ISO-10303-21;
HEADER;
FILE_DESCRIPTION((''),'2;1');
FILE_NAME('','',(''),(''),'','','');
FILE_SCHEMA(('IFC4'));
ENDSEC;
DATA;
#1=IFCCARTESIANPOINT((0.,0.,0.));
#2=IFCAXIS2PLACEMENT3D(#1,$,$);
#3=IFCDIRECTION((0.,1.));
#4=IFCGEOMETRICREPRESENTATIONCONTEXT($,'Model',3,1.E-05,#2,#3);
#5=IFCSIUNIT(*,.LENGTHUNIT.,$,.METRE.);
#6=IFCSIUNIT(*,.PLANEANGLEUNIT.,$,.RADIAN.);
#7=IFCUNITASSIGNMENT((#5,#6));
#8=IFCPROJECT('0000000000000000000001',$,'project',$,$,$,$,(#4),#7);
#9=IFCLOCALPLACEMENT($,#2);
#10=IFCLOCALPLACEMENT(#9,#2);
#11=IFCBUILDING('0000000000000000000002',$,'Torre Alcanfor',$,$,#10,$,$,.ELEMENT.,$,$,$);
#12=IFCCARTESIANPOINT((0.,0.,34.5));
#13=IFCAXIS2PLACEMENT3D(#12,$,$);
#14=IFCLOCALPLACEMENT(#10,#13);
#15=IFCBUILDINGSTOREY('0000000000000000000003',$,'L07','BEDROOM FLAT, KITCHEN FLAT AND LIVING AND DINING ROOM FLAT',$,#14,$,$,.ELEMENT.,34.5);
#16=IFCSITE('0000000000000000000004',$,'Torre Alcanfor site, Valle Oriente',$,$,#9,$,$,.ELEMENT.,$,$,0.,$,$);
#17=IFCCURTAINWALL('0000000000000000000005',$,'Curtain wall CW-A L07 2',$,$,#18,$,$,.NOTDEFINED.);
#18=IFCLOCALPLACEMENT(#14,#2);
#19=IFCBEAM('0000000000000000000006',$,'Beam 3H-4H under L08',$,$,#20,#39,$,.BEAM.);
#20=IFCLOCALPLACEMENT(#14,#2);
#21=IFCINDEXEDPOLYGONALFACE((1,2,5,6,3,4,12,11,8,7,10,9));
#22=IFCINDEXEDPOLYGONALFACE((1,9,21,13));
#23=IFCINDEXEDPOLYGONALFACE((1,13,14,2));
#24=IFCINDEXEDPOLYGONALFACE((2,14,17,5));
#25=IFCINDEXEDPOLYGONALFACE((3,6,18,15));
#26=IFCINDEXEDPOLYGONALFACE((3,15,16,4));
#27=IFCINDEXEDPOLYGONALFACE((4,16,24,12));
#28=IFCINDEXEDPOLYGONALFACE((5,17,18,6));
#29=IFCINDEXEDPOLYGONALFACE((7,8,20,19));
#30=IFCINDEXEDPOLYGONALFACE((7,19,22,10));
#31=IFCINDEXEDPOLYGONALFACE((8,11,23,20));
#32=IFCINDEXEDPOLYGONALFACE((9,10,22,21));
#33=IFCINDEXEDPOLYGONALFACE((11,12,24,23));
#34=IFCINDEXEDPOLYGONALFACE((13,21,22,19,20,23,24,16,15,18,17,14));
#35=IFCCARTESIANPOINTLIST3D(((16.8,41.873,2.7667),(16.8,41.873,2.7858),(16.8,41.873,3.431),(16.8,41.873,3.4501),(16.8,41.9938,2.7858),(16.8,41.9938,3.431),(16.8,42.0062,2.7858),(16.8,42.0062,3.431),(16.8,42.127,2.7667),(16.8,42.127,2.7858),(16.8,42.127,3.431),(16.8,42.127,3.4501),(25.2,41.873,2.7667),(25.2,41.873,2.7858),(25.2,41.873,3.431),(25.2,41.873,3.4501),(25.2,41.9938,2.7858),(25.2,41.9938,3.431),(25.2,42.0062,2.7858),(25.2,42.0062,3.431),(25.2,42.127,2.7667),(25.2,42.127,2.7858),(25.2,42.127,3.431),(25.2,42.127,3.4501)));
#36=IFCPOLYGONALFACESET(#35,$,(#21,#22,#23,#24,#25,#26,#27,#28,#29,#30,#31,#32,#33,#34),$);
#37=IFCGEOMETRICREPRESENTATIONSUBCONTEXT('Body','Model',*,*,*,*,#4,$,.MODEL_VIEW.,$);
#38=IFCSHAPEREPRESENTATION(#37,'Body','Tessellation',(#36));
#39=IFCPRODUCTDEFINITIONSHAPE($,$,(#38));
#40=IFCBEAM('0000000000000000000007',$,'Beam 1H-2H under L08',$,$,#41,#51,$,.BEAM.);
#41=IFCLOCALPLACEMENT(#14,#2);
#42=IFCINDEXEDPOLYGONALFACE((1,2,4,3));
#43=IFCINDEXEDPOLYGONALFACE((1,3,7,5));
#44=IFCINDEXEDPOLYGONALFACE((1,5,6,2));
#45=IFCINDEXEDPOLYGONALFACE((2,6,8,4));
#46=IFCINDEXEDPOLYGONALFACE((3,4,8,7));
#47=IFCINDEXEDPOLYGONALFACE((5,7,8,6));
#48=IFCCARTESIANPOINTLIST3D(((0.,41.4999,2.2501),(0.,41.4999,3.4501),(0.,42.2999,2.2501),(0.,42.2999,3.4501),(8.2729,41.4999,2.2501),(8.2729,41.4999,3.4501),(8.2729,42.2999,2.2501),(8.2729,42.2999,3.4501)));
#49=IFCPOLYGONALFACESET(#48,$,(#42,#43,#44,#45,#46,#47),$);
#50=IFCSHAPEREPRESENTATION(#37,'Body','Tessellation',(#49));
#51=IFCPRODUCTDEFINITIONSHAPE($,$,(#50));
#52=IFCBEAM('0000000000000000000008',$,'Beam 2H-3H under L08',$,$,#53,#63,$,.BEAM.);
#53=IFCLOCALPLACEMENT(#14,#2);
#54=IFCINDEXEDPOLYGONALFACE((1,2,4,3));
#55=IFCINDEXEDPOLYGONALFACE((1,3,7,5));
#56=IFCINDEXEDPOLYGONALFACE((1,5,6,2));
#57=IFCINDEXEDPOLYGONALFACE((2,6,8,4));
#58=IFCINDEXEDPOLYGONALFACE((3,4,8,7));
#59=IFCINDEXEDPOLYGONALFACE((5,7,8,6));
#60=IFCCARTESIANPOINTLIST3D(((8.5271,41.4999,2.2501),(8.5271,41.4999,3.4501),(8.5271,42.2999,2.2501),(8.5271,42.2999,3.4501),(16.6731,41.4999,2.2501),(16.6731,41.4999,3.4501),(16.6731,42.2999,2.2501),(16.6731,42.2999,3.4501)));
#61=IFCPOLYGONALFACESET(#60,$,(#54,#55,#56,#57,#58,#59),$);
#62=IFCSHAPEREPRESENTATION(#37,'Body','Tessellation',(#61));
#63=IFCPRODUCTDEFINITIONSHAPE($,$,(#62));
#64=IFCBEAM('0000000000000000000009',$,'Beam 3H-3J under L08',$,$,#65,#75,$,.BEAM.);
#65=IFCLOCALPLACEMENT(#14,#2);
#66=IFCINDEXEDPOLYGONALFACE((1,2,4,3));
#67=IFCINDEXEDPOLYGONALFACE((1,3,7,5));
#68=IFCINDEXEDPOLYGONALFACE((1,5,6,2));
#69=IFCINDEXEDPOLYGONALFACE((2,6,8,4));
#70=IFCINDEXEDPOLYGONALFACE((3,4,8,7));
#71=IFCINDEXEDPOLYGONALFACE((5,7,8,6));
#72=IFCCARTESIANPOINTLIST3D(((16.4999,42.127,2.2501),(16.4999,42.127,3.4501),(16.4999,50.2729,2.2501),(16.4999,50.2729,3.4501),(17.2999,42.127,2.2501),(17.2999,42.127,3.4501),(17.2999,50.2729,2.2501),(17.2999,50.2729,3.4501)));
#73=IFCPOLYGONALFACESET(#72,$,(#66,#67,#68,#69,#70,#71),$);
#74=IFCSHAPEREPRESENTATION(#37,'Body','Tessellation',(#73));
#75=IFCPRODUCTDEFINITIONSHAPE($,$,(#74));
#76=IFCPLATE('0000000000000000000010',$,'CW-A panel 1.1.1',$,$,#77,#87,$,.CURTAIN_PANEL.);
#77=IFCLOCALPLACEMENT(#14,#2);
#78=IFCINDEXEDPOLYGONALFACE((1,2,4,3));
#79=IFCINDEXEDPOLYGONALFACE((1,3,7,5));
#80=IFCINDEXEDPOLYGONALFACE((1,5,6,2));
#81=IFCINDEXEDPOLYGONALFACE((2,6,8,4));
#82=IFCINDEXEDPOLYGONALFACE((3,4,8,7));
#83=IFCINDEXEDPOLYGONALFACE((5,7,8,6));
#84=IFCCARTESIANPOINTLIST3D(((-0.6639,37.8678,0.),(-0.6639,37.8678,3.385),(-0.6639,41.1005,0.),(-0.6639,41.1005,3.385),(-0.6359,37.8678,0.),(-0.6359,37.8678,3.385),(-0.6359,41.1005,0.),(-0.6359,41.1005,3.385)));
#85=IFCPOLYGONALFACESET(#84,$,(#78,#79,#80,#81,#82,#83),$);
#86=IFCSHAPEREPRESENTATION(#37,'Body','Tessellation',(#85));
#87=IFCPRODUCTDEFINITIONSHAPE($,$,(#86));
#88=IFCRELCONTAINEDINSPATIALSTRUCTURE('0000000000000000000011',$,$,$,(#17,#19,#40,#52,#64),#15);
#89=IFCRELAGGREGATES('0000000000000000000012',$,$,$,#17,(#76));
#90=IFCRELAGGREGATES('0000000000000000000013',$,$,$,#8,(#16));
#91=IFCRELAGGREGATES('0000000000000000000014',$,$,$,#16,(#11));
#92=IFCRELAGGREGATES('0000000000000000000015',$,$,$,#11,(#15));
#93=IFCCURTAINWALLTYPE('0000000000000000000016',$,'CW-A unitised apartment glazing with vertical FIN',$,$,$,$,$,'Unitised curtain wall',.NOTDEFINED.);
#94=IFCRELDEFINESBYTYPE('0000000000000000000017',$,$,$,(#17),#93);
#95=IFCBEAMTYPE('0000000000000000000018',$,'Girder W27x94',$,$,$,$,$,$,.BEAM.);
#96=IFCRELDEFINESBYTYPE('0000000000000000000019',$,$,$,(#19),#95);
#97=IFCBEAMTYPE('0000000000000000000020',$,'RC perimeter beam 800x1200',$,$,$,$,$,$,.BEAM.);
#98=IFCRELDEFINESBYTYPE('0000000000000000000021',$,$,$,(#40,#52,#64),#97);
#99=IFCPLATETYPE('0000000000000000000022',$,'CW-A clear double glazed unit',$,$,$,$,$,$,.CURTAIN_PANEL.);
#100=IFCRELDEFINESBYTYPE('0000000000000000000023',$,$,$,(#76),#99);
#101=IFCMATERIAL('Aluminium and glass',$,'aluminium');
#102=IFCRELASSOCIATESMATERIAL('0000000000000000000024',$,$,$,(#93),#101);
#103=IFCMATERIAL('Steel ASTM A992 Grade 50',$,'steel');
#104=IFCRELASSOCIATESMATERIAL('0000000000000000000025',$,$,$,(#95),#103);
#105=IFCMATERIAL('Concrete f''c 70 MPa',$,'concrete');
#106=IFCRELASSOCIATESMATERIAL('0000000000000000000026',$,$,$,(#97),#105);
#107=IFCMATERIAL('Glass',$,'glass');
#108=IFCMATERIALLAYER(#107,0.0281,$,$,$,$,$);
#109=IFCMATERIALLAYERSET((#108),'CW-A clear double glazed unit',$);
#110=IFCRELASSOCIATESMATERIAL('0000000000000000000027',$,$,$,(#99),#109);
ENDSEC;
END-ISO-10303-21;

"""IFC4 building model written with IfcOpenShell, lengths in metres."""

from ifc_helpers import new_model, si_unit, direction, frame, origin, origin_2d, place, context, subcontext, project, spatial, rectangle, i_section, extrude, material, layer, layer_set, material_profile, profile_set, type_object, element, aggregate, save


model = new_model("IFC4")

# Units and contexts
model_context = context("Model", 3, precision=1e-05, world=origin(), true_north=direction((0.0, 1.0)))
body_context = subcontext(model_context, "Body", "Model", "MODEL_VIEW")
ifc_project = project(units=[si_unit("LENGTHUNIT", "METRE"), si_unit("PLANEANGLEUNIT", "RADIAN")], contexts=[model_context])

# Site, building, storey
site_placement = place(None, origin())
site = spatial("IfcSite", under=ifc_project, at=site_placement, Name="Torre Alcanfor site, Valle Oriente", CompositionType="ELEMENT", RefElevation=0.0)
building_placement = place(site_placement, origin())
building = spatial("IfcBuilding", under=site, at=building_placement, Name="Torre Alcanfor", CompositionType="ELEMENT")
storey_placement = place(building_placement, frame((0.0, 0.0, 34.5)))
storey = spatial("IfcBuildingStorey", under=building, at=storey_placement, Name="L07", Description="BEDROOM FLAT, KITCHEN FLAT AND LIVING AND DINING ROOM FLAT", CompositionType="ELEMENT", Elevation=34.5)

# Curtain wall
ifc_material_1 = material(Name="Aluminium and glass", Category="aluminium")
curtain_wall_type = type_object("IfcCurtainWallType", Name="CW-A unitised apartment glazing with vertical FIN", ElementType="Unitised curtain wall", PredefinedType="NOTDEFINED", material=ifc_material_1)
curtain_wall_placement = place(storey_placement, origin())
curtain_wall = element("IfcCurtainWall", 1, at=curtain_wall_placement, inside=storey, type_object=curtain_wall_type, Name="Curtain wall CW-A L07 2", PredefinedType="NOTDEFINED")

# Beams
ifc_material_2 = material(Name="Steel ASTM A992 Grade 50", Category="steel")
ifc_material_profile_1 = material_profile(ifc_material_2, i_section(OverallWidth=0.2539, OverallDepth=0.6833, WebThickness=0.0125, FlangeThickness=0.019, at=origin_2d()), Name="W27x94")
ifc_profile_set_1 = profile_set([ifc_material_profile_1], Name="Steel ASTM A992 Grade 50")
beam_type_1 = type_object("IfcBeamType", Name="Girder W27x94", PredefinedType="BEAM", material=ifc_profile_set_1)
beam_1_placement = place(storey_placement, frame((16.8, 42.0, 3.1084), z_axis=(1.0, 0.0, 0.0), x_axis=(0.0, 1.0, 0.0)))
element("IfcBeam", 2, at=beam_1_placement, inside=storey, type_object=beam_type_1, Name="Beam 3H-4H under L08", PredefinedType="BEAM", context=body_context, shape_type="SweptSolid", body=[
    extrude(i_section(OverallWidth=0.2539, OverallDepth=0.6833, WebThickness=0.0125, FlangeThickness=0.019, at=origin_2d()), origin(), (0.0, 0.0, 1.0), 8.3999),
])
ifc_material_3 = material(Name="Concrete f'c 70 MPa", Category="concrete")
ifc_material_profile_2 = material_profile(ifc_material_3, rectangle(XDim=0.8, YDim=1.2, at=origin_2d()), Name="800x1200")
ifc_profile_set_2 = profile_set([ifc_material_profile_2], Name="Concrete f'c 70 MPa")
beam_type_2 = type_object("IfcBeamType", Name="RC perimeter beam 800x1200", PredefinedType="BEAM", material=ifc_profile_set_2)
beam_2_placement = place(storey_placement, frame((0.0, 41.8999, 2.8501), z_axis=(1.0, 0.0, 0.0), x_axis=(0.0, 1.0, 0.0)))
element("IfcBeam", 3, at=beam_2_placement, inside=storey, type_object=beam_type_2, Name="Beam 1H-2H under L08", PredefinedType="BEAM", context=body_context, shape_type="SweptSolid", body=[
    extrude(rectangle(XDim=0.8, YDim=1.2, at=origin_2d()), origin(), (0.0, 0.0, 1.0), 8.2729),
])
for number, where, z_axis, x_axis, name in (
    (4, (8.5271, 41.8999, 2.8501), (1.0, 0.0, 0.0), (0.0, 1.0, 0.0), "Beam 2H-3H under L08"),
    (5, (16.8999, 42.127, 2.8501), (0.0, 1.0, 0.0), (-1.0, 0.0, 0.0), "Beam 3H-3J under L08"),
):
    element("IfcBeam", number, at=place(storey_placement, frame(where, z_axis=z_axis, x_axis=x_axis)), inside=storey, type_object=beam_type_2, Name=name, PredefinedType="BEAM", context=body_context, shape_type="SweptSolid", body=[
        extrude(rectangle(XDim=0.8, YDim=1.2, at=origin_2d()), origin(), (0.0, 0.0, 1.0), 8.146),
    ])

# Plate
ifc_material_4 = material(Name="Glass", Category="glass")
ifc_layer_1 = layer(ifc_material_4, 0.0281)
ifc_layer_set_1 = layer_set([ifc_layer_1], Name="CW-A clear double glazed unit")
plate_type = type_object("IfcPlateType", Name="CW-A clear double glazed unit", PredefinedType="CURTAIN_PANEL", material=ifc_layer_set_1)
plate_placement = place(storey_placement, frame((-0.6499, 39.4841, 0.0), z_axis=(0.0, 0.0, 1.0), x_axis=(0.0, -1.0, 0.0)))
plate = element("IfcPlate", 6, at=plate_placement, type_object=plate_type, Name="CW-A panel 1.1.1", PredefinedType="CURTAIN_PANEL", context=body_context, shape_type="SweptSolid", body=[
    extrude(rectangle(XDim=3.2327, YDim=0.0281, at=origin_2d()), origin(), (0.0, 0.0, 1.0), 3.385),
])
aggregate(curtain_wall, [plate])

save(model, "model.ifc")
